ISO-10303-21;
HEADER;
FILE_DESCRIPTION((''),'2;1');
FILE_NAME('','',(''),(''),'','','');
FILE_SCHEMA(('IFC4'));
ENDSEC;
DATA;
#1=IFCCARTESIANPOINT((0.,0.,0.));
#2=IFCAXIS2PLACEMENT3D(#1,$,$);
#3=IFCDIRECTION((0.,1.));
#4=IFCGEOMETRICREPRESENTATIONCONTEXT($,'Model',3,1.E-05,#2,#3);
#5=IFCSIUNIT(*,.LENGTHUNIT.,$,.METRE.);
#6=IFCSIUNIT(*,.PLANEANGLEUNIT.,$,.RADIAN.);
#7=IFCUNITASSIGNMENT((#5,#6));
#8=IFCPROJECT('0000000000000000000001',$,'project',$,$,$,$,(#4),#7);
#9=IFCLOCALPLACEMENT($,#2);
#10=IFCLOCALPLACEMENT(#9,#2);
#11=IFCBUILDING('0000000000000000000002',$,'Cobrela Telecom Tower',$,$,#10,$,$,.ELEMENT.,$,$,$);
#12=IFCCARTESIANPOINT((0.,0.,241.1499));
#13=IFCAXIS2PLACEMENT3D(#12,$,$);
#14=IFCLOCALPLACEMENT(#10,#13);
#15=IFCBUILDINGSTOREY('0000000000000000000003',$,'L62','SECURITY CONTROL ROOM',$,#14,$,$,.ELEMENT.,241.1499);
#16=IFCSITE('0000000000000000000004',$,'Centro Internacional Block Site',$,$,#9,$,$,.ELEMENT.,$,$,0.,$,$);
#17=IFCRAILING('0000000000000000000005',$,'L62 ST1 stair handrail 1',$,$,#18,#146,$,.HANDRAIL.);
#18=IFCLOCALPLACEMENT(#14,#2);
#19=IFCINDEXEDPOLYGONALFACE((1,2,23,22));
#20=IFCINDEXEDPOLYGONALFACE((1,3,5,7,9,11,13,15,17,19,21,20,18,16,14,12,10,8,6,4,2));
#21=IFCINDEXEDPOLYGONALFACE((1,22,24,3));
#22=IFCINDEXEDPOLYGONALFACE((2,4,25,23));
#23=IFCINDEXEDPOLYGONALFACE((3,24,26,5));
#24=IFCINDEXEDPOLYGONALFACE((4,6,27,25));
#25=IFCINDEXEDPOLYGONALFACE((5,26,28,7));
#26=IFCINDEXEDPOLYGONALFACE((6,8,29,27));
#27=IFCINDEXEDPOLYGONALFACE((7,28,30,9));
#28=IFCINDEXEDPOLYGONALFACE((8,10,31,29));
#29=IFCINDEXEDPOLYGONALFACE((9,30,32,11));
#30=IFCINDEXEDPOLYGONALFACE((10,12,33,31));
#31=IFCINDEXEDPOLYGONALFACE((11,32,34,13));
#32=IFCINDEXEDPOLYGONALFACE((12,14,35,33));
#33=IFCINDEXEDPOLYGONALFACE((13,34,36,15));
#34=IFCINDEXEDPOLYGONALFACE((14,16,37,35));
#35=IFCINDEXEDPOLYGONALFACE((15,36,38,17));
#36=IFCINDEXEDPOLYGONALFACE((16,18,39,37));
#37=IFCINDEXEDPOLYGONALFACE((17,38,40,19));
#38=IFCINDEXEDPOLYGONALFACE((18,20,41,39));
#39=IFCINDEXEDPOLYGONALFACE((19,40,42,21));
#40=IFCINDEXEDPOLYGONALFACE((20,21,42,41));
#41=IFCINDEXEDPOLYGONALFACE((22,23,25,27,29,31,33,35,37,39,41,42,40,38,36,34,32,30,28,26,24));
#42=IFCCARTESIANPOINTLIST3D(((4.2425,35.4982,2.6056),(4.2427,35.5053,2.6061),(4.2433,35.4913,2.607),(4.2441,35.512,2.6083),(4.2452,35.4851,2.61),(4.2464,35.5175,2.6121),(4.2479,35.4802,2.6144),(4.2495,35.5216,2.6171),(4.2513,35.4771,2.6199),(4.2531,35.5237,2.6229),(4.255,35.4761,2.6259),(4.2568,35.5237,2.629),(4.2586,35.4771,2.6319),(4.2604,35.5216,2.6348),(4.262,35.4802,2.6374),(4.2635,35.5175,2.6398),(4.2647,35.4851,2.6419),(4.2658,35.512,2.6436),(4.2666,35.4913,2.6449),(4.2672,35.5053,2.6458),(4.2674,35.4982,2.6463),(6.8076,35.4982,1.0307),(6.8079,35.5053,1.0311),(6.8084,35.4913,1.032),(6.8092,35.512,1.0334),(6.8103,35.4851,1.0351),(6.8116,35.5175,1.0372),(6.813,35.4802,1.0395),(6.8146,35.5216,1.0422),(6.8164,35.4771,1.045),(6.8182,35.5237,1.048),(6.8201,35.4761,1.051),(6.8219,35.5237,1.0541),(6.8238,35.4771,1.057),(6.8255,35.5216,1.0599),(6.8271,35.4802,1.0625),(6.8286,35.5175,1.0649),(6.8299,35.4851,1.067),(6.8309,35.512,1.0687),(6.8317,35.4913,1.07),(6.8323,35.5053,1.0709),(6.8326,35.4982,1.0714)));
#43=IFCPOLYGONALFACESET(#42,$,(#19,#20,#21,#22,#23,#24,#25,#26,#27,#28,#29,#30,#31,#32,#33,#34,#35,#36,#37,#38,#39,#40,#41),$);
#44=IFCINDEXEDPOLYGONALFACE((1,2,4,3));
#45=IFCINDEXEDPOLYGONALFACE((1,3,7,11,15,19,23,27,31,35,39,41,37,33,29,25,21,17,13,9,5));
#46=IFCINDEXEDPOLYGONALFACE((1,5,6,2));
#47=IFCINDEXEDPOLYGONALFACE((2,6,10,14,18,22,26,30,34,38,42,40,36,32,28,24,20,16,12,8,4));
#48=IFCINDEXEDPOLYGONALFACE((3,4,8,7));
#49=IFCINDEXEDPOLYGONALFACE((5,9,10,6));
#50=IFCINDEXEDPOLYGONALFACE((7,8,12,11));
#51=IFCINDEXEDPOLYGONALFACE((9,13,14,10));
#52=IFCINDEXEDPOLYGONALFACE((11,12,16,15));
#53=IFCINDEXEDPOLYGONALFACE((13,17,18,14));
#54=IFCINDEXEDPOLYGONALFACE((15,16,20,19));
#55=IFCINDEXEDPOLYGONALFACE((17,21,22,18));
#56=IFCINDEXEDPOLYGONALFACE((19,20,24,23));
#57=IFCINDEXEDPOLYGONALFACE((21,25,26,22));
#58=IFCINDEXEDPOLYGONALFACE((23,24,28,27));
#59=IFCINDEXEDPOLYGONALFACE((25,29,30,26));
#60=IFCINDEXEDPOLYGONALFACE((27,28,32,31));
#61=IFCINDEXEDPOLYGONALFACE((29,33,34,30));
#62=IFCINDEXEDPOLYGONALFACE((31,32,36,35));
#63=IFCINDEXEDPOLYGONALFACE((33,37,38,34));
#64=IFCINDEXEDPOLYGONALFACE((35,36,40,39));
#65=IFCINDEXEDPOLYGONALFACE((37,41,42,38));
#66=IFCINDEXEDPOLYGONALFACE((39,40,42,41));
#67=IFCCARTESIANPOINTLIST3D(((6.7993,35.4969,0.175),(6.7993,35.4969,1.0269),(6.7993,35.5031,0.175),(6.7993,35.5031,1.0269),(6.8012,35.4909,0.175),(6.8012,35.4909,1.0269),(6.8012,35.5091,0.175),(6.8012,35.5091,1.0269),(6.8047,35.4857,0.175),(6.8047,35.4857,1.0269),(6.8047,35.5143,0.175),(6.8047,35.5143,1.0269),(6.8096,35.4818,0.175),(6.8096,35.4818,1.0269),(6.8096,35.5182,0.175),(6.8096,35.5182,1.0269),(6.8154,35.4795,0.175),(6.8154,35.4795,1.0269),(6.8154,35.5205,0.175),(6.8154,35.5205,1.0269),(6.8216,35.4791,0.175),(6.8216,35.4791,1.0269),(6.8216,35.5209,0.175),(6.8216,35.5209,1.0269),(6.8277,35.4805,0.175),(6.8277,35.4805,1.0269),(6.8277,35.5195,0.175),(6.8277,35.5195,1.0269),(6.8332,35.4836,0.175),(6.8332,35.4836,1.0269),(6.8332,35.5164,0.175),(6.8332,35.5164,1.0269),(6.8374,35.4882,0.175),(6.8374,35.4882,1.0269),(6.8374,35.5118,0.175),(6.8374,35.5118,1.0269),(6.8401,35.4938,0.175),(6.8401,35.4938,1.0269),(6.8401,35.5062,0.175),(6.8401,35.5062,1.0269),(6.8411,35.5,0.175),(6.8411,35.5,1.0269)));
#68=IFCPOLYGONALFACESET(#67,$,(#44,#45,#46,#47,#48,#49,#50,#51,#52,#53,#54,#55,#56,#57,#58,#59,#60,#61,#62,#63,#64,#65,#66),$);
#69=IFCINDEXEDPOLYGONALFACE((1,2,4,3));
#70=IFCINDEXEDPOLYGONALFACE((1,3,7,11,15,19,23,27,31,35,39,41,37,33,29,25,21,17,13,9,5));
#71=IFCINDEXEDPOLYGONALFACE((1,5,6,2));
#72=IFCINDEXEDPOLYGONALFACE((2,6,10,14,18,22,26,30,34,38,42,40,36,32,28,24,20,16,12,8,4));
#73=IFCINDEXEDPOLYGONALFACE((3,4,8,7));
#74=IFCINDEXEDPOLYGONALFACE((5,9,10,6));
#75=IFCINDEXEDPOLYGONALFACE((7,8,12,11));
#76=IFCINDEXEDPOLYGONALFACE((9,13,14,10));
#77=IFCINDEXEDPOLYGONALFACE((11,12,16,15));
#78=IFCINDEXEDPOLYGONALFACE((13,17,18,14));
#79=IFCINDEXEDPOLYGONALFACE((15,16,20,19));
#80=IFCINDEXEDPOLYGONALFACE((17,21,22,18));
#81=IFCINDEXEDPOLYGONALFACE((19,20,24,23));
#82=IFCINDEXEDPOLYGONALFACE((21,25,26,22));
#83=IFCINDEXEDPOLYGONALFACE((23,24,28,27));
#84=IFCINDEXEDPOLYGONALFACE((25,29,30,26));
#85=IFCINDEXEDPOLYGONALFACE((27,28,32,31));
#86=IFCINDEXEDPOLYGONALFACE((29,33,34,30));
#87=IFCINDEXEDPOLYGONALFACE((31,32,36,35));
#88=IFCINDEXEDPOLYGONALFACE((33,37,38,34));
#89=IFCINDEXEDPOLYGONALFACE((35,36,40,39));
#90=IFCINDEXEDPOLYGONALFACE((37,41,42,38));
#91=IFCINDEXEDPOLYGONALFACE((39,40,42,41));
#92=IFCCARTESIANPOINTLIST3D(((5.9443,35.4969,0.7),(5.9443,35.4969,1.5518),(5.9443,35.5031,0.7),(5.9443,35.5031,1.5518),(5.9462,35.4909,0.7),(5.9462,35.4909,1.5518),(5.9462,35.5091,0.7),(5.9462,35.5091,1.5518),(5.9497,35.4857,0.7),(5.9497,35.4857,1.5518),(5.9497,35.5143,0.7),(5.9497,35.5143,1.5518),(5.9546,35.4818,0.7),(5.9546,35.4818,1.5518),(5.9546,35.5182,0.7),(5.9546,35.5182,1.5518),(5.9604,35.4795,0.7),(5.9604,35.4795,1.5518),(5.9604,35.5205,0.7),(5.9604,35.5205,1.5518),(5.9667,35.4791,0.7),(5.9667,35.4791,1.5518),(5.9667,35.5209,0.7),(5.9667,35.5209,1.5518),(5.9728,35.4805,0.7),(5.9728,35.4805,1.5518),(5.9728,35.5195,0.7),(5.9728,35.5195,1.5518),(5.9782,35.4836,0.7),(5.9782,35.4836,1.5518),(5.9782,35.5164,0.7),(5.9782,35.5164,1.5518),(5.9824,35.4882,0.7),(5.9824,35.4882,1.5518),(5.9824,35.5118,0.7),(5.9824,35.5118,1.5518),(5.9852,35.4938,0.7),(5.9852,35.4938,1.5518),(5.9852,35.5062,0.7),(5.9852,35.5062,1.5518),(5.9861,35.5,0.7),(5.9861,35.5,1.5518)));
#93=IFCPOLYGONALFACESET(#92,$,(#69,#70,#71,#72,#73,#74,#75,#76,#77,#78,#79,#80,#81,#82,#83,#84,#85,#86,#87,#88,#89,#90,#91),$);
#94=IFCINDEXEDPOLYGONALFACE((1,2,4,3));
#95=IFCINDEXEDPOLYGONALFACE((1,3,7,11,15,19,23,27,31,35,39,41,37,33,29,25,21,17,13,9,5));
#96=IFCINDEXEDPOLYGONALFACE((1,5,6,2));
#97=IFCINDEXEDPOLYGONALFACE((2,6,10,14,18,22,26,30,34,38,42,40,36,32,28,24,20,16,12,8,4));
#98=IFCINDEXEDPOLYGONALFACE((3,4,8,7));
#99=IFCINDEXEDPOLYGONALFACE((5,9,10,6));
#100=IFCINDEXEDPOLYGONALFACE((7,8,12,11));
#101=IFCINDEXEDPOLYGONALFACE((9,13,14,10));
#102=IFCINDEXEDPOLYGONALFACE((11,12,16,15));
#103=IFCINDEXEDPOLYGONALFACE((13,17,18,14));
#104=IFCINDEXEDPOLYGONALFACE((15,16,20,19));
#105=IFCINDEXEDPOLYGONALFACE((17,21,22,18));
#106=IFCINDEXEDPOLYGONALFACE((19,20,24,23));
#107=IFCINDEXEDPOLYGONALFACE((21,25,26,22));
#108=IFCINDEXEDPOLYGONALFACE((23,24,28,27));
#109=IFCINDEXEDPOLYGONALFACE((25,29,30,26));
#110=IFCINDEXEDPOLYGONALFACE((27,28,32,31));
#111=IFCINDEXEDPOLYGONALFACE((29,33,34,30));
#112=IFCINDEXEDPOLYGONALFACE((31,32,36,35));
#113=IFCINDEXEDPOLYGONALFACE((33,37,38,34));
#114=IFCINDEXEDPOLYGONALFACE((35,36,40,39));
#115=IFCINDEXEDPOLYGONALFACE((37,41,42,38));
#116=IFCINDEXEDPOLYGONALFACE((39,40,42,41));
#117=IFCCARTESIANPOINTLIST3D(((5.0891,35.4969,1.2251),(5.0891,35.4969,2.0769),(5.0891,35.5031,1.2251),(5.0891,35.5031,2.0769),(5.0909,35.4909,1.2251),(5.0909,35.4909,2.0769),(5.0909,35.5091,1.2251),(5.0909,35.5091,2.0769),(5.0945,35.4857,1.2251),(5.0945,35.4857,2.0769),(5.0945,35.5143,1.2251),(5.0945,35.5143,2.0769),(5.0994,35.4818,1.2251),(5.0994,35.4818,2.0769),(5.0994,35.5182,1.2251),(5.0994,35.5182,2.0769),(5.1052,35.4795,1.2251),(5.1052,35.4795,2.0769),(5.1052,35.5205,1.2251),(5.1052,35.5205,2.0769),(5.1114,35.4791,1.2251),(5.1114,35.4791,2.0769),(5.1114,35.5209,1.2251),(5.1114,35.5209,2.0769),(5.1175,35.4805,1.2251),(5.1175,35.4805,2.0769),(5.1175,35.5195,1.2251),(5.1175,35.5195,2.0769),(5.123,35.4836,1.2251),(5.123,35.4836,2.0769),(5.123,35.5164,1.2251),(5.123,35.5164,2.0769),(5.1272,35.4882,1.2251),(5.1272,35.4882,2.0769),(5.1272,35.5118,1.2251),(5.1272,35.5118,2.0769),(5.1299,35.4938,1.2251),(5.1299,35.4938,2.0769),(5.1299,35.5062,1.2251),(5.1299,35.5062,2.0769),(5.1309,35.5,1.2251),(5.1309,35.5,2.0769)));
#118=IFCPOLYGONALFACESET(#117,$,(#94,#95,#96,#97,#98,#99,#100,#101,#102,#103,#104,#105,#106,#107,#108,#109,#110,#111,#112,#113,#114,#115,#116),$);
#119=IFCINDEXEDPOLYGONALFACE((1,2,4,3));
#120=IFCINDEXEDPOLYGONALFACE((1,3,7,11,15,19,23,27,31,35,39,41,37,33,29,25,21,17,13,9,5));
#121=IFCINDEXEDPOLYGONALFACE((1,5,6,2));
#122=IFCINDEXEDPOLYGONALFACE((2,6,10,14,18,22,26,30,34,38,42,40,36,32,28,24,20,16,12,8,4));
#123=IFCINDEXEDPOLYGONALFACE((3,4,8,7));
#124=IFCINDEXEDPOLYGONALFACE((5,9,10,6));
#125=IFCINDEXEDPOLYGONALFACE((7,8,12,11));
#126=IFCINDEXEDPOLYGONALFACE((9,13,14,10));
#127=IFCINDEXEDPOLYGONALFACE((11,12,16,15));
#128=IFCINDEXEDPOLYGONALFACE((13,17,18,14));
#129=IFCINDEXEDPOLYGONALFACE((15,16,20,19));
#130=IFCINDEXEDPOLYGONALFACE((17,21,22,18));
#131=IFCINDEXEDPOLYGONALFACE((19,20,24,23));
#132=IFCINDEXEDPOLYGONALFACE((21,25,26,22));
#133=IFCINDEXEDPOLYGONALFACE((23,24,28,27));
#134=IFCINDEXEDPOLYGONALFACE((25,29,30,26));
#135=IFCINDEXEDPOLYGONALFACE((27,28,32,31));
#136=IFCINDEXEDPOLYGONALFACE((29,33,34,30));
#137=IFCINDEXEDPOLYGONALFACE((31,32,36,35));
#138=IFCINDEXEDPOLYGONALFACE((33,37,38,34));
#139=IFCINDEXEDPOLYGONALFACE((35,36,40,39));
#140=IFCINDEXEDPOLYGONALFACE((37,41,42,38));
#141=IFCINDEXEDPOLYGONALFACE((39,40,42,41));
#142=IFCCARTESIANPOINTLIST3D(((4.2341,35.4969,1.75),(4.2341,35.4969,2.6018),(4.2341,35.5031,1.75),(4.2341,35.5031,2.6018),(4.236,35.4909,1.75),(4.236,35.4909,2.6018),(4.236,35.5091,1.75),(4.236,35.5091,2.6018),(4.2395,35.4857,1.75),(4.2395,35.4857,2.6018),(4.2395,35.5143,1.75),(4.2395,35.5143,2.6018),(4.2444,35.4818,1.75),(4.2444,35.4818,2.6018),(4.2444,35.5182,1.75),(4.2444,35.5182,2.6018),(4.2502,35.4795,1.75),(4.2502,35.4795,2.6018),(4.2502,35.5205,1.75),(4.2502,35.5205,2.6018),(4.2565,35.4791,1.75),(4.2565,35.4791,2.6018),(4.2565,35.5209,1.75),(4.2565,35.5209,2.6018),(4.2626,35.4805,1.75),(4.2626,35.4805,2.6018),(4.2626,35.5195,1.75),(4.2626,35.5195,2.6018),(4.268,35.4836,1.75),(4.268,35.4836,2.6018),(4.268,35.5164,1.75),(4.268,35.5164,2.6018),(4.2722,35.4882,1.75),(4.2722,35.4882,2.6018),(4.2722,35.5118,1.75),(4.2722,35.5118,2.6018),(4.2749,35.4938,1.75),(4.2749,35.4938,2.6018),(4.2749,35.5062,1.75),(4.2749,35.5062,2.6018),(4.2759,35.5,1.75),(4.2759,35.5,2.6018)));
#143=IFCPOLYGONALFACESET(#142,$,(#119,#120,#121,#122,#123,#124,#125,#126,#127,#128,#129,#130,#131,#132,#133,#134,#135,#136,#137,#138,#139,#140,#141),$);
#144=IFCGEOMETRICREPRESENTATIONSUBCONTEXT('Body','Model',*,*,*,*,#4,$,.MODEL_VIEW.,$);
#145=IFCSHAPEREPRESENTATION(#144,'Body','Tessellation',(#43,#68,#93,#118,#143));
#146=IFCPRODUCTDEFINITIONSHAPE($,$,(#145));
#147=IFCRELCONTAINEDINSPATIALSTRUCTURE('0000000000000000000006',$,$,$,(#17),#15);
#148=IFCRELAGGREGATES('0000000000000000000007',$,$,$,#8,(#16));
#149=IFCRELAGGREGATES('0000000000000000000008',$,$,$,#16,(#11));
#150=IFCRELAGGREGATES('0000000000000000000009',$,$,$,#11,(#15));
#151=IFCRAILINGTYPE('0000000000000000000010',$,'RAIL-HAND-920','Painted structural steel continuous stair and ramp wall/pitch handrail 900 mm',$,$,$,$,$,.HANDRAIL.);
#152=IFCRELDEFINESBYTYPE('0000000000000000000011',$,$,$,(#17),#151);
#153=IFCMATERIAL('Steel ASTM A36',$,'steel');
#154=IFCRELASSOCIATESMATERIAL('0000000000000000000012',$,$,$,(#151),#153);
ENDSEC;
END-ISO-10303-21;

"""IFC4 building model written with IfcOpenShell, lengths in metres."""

from ifc_helpers import new_model, si_unit, direction, frame, origin, origin_2d, place, context, subcontext, project, spatial, circle, extrude, material, type_object, element, save


model = new_model("IFC4")

# Units and contexts
model_context = context("Model", 3, precision=1e-05, world=origin(), true_north=direction((0.0, 1.0)))
body_context = subcontext(model_context, "Body", "Model", "MODEL_VIEW")
ifc_project = project(units=[si_unit("LENGTHUNIT", "METRE"), si_unit("PLANEANGLEUNIT", "RADIAN")], contexts=[model_context])

# Site, building, storey
site_placement = place(None, origin())
site = spatial("IfcSite", under=ifc_project, at=site_placement, Name="Centro Internacional Block Site", CompositionType="ELEMENT", RefElevation=0.0)
building_placement = place(site_placement, origin())
building = spatial("IfcBuilding", under=site, at=building_placement, Name="Cobrela Telecom Tower", CompositionType="ELEMENT")
storey_placement = place(building_placement, frame((0.0, 0.0, 241.1499)))
storey = spatial("IfcBuildingStorey", under=building, at=storey_placement, Name="L62", Description="SECURITY CONTROL ROOM", CompositionType="ELEMENT", Elevation=241.1499)

# Shared definitions
ifc_material_1 = material(Name="Steel ASTM A36", Category="steel")

# Railing
railing_type_1 = type_object("IfcRailingType", Name="RAIL-HAND-920", Description="Painted structural steel continuous stair and ramp wall/pitch handrail 900 mm", PredefinedType="HANDRAIL", material=ifc_material_1)
railing_1_placement = place(storey_placement, frame((6.8201, 35.5, 0.175)))
element("IfcRailing", 1, at=railing_1_placement, inside=storey, type_object=railing_type_1, Name="L62 ST1 stair handrail 1", PredefinedType="HANDRAIL", context=body_context, shape_type="SweptSolid", body=[
    extrude(circle(Radius=0.0239, at=origin_2d()), frame((0.0, 0.0, 0.876), z_axis=(-0.852195, 0.0, 0.523224), x_axis=(0.0, -1.0, 0.0)), (0.0, 0.0, 1.0), 3.01),
    extrude(circle(Radius=0.021, at=origin_2d()), origin(), (0.0, 0.0, 1.0), 0.8518),
    extrude(circle(Radius=0.021, at=origin_2d()), frame((-0.855, 0.0, 0.5249)), (0.0, 0.0, 1.0), 0.8518),
    extrude(circle(Radius=0.021, at=origin_2d()), frame((-1.7102, 0.0, 1.05)), (0.0, 0.0, 1.0), 0.8518),
    extrude(circle(Radius=0.021, at=origin_2d()), frame((-2.5652, 0.0, 1.575)), (0.0, 0.0, 1.0), 0.8518),
])

save(model, "model.ifc")
